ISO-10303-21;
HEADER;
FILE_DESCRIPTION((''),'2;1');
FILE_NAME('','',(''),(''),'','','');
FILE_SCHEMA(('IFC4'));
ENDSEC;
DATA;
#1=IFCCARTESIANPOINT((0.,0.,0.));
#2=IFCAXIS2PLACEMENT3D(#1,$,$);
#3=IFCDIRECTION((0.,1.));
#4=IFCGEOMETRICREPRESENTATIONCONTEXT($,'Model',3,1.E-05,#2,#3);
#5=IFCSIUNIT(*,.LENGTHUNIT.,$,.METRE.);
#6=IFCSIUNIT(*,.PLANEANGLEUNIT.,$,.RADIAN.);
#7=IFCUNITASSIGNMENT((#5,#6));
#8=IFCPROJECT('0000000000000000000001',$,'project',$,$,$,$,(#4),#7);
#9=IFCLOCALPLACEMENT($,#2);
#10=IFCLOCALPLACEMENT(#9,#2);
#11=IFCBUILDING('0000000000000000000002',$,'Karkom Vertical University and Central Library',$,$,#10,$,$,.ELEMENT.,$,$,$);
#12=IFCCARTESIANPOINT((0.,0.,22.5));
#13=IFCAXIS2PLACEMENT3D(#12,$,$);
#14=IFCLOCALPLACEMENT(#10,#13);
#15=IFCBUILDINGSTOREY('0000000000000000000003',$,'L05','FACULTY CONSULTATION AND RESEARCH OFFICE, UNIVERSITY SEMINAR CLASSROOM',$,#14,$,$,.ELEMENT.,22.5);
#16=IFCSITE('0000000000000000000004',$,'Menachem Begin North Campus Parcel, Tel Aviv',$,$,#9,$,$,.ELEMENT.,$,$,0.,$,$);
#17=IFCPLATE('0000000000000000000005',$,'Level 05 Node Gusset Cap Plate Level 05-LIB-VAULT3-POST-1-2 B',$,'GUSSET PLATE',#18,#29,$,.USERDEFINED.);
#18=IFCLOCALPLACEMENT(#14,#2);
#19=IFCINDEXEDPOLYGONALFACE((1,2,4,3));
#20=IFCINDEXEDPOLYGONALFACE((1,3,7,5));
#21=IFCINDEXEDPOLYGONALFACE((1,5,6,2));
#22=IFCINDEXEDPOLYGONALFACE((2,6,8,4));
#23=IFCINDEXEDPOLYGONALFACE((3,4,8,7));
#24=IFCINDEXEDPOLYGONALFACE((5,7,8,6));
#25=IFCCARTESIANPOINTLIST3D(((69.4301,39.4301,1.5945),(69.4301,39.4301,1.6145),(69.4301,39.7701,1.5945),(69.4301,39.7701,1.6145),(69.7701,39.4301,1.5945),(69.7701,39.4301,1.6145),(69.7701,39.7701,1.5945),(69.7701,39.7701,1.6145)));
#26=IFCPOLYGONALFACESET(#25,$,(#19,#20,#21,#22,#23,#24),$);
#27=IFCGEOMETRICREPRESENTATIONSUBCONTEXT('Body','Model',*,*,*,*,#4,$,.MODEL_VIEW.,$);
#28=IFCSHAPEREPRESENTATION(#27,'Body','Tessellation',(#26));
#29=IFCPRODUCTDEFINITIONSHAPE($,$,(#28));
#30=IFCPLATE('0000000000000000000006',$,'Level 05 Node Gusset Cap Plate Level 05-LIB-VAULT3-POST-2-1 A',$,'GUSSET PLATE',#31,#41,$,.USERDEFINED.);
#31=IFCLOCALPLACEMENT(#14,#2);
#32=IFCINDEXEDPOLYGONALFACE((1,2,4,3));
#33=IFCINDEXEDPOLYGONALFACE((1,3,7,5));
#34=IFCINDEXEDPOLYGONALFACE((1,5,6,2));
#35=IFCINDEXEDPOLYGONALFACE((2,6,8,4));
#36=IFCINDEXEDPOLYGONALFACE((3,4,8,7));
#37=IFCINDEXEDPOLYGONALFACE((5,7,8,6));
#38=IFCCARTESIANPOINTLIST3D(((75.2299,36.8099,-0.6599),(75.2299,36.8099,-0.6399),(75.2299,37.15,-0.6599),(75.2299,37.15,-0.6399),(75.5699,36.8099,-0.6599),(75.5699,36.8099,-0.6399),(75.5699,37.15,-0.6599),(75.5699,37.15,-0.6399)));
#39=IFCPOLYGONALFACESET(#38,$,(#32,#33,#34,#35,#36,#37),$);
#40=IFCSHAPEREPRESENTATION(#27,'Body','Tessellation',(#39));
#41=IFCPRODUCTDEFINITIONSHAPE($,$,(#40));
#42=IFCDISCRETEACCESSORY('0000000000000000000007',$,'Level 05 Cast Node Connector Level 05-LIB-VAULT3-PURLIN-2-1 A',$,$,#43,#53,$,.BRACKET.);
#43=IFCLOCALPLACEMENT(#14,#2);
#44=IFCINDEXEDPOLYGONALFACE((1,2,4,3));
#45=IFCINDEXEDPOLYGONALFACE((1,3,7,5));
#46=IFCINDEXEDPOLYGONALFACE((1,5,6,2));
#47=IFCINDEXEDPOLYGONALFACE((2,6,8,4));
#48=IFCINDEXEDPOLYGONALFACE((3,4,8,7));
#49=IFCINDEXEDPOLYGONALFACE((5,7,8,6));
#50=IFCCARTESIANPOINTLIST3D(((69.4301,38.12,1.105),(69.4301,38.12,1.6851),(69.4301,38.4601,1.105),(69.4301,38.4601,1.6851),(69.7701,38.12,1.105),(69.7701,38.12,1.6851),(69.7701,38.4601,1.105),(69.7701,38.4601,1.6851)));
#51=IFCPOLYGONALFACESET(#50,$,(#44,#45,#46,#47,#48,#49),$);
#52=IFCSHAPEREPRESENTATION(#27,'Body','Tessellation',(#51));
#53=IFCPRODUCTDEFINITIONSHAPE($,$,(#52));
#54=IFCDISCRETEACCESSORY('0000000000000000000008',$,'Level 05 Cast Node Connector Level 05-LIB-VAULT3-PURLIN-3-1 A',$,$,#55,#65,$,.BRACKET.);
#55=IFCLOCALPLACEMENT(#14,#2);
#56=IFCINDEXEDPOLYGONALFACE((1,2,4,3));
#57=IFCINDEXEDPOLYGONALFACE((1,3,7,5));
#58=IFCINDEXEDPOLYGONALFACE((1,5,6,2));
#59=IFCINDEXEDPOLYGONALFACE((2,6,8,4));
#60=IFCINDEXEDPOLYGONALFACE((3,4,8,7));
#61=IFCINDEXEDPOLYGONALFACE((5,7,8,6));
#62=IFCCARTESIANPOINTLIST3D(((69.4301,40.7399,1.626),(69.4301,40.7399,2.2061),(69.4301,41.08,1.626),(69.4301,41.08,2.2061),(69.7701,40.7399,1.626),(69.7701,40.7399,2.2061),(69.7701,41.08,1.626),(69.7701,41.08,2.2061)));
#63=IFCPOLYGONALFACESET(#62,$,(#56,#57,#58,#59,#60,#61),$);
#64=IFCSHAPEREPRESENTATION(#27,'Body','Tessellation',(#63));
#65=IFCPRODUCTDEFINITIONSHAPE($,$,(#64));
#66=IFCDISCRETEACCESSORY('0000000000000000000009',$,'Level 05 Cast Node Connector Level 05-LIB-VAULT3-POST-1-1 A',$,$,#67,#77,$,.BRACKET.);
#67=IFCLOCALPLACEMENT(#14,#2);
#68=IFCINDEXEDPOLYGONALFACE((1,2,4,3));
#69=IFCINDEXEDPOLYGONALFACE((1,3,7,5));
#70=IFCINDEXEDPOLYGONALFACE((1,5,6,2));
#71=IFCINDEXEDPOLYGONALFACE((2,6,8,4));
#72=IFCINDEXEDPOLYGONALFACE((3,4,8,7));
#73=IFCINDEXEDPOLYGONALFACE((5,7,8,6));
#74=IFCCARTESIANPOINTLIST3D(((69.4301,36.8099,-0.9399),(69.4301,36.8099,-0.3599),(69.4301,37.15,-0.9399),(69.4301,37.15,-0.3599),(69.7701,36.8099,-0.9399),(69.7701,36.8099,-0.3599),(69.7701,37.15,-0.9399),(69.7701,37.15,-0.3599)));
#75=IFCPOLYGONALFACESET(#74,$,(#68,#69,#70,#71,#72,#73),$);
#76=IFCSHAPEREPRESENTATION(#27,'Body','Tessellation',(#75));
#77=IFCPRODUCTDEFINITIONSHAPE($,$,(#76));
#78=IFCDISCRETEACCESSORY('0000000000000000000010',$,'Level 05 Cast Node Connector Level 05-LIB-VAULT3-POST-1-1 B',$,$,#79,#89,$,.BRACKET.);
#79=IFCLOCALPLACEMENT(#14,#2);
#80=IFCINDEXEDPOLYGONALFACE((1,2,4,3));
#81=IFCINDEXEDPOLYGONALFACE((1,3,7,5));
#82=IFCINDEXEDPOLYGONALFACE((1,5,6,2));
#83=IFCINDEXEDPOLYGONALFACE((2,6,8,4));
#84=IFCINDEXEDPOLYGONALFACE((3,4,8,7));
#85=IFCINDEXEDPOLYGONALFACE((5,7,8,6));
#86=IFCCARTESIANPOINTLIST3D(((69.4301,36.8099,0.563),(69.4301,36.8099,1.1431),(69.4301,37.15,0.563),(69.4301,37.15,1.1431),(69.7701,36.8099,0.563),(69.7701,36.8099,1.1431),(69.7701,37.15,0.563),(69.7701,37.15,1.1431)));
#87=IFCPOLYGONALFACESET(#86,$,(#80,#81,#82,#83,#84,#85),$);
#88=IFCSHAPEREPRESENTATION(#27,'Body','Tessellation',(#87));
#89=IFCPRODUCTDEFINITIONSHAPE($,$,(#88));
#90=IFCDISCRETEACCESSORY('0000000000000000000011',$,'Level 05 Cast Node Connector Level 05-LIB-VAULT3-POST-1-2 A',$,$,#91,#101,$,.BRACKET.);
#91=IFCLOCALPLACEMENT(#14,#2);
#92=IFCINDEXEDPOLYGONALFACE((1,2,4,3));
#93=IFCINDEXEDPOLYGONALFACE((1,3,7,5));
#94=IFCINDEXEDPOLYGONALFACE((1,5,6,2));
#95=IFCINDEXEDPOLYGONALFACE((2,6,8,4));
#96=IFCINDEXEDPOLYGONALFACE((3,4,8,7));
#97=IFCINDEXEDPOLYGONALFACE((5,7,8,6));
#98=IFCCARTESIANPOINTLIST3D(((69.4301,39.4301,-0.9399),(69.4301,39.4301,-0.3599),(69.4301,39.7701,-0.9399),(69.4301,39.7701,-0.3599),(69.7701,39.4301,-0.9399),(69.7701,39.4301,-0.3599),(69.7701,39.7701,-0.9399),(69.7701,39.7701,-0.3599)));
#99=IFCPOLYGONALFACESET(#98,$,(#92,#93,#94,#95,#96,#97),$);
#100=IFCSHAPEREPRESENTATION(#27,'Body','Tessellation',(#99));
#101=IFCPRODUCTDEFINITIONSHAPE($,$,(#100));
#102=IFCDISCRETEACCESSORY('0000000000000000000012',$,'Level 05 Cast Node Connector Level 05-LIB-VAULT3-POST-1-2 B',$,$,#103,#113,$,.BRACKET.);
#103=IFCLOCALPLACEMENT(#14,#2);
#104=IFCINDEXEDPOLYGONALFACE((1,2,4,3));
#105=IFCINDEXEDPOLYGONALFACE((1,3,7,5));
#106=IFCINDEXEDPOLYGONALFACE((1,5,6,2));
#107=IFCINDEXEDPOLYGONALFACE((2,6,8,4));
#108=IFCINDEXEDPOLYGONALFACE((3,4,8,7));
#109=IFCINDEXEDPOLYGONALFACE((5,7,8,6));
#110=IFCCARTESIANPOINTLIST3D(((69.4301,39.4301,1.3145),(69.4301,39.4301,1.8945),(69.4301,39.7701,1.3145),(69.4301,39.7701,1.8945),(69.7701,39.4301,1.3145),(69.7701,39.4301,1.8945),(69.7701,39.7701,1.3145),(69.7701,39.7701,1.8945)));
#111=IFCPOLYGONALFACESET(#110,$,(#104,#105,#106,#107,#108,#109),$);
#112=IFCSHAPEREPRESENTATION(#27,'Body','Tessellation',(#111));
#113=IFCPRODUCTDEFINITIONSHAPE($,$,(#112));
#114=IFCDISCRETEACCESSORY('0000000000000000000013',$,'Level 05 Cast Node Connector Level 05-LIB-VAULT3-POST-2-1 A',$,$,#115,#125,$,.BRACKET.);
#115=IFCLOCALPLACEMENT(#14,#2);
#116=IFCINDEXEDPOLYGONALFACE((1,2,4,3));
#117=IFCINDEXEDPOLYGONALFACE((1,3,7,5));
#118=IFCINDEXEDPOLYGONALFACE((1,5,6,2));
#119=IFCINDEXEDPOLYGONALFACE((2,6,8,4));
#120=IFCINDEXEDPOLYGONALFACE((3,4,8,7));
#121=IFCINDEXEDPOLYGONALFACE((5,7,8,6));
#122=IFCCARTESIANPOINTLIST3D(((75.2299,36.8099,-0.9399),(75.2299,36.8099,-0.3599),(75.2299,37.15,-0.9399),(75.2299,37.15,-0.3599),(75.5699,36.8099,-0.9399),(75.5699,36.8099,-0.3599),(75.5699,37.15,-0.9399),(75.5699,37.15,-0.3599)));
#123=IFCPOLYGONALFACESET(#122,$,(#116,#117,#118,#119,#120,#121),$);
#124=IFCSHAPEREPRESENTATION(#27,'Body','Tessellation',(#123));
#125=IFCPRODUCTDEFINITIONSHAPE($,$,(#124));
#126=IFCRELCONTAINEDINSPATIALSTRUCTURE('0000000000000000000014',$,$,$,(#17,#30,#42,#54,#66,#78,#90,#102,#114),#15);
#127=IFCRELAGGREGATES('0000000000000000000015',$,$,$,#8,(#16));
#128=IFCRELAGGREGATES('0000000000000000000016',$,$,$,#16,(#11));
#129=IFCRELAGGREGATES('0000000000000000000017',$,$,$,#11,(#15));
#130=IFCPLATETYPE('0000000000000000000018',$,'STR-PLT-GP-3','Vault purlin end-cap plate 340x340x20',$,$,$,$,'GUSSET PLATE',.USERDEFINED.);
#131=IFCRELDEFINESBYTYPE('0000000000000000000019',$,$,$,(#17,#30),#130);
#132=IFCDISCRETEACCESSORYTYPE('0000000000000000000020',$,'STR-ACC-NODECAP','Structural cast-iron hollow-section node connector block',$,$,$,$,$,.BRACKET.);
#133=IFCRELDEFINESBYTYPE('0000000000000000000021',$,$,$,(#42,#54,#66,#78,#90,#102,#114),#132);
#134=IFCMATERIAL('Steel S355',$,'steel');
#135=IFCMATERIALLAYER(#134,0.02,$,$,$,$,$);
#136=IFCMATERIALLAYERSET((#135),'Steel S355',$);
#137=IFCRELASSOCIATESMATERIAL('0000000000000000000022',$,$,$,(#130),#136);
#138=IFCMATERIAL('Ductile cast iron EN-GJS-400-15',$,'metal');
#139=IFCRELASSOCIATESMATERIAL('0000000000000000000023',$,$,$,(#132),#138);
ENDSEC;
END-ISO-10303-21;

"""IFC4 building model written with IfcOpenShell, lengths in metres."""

from ifc_helpers import new_model, si_unit, direction, frame, origin, origin_with_axes, origin_2d, place, context, subcontext, project, spatial, rectangle, extrude, source, transform, mapped, material, layer, layer_set, type_object, element, save


model = new_model("IFC4")

# Units and contexts
model_context = context("Model", 3, precision=1e-05, world=origin(), true_north=direction((0.0, 1.0)))
body_context = subcontext(model_context, "Body", "Model", "MODEL_VIEW")
ifc_project = project(units=[si_unit("LENGTHUNIT", "METRE"), si_unit("PLANEANGLEUNIT", "RADIAN")], contexts=[model_context])

# Site, building, storey
site_placement = place(None, origin())
site = spatial("IfcSite", under=ifc_project, at=site_placement, Name="Menachem Begin North Campus Parcel, Tel Aviv", CompositionType="ELEMENT", RefElevation=0.0)
building_placement = place(site_placement, origin())
building = spatial("IfcBuilding", under=site, at=building_placement, Name="Karkom Vertical University and Central Library", CompositionType="ELEMENT")
storey_placement = place(building_placement, frame((0.0, 0.0, 22.5)))
storey = spatial("IfcBuildingStorey", under=building, at=storey_placement, Name="L05", Description="FACULTY CONSULTATION AND RESEARCH OFFICE, UNIVERSITY SEMINAR CLASSROOM", CompositionType="ELEMENT", Elevation=22.5)

# Shared definitions
ifc_material_1 = material(Name="Steel S355", Category="steel")

# Plates
ifc_layer = layer(ifc_material_1, 0.02)
ifc_layer_set = layer_set([ifc_layer], Name="Steel S355")
plate_type = type_object("IfcPlateType", Name="STR-PLT-GP-3", Description="Vault purlin end-cap plate 340x340x20", ElementType="GUSSET PLATE", PredefinedType="USERDEFINED", material=ifc_layer_set)
shared_shape_1 = source(origin_with_axes(), body_context, "Body", "SweptSolid", [
    extrude(rectangle(XDim=0.3401, YDim=0.3401, at=origin_2d()), origin(), (0.0, 0.0, 1.0), 0.02),
])
for number, where, z_axis, x_axis, name in (
    (1, (69.6001, 39.6001, 1.5945), (0.0, 0.0, 1.0), (1.0, 0.0, 0.0), "Level 05 Node Gusset Cap Plate Level 05-LIB-VAULT3-POST-1-2 B"),
    (2, (75.3999, 36.98, -0.6599), (0.0, 0.0, 1.0), (1.0, 0.0, 0.0), "Level 05 Node Gusset Cap Plate Level 05-LIB-VAULT3-POST-2-1 A"),
):
    element("IfcPlate", number, at=place(storey_placement, frame(where, z_axis=z_axis, x_axis=x_axis)), inside=storey, type_object=plate_type, Name=name, ObjectType="GUSSET PLATE", PredefinedType="USERDEFINED", context=body_context, shape_type="MappedRepresentation", body=[
        mapped(shared_shape_1, transform((0.0, 0.0, 0.0), scale=1.0)),
    ])

# Discrete accessories
ifc_material_2 = material(Name="Ductile cast iron EN-GJS-400-15", Category="metal")
discrete_accessory_type = type_object("IfcDiscreteAccessoryType", Name="STR-ACC-NODECAP", Description="Structural cast-iron hollow-section node connector block", PredefinedType="BRACKET", material=ifc_material_2)
shared_shape_2 = source(origin_with_axes(), body_context, "Body", "SweptSolid", [
    extrude(rectangle(XDim=0.3401, YDim=0.3401, at=origin_2d()), origin(), (0.0, 0.0, 1.0), 0.5801),
])
for number, where, z_axis, x_axis, name in (
    (3, (69.6001, 38.29, 1.105), (0.0, 0.0, 1.0), (1.0, 0.0, 0.0), "Level 05 Cast Node Connector Level 05-LIB-VAULT3-PURLIN-2-1 A"),
    (4, (69.6001, 40.9099, 1.626), (0.0, 0.0, 1.0), (1.0, 0.0, 0.0), "Level 05 Cast Node Connector Level 05-LIB-VAULT3-PURLIN-3-1 A"),
    (5, (69.6001, 36.98, -0.9399), (0.0, 0.0, 1.0), (1.0, 0.0, 0.0), "Level 05 Cast Node Connector Level 05-LIB-VAULT3-POST-1-1 A"),
    (6, (69.6001, 36.98, 0.563), (0.0, 0.0, 1.0), (1.0, 0.0, 0.0), "Level 05 Cast Node Connector Level 05-LIB-VAULT3-POST-1-1 B"),
    (7, (69.6001, 39.6001, -0.9399), (0.0, 0.0, 1.0), (1.0, 0.0, 0.0), "Level 05 Cast Node Connector Level 05-LIB-VAULT3-POST-1-2 A"),
    (8, (69.6001, 39.6001, 1.3145), (0.0, 0.0, 1.0), (1.0, 0.0, 0.0), "Level 05 Cast Node Connector Level 05-LIB-VAULT3-POST-1-2 B"),
    (9, (75.3999, 36.98, -0.9399), (0.0, 0.0, 1.0), (1.0, 0.0, 0.0), "Level 05 Cast Node Connector Level 05-LIB-VAULT3-POST-2-1 A"),
):
    element("IfcDiscreteAccessory", number, at=place(storey_placement, frame(where, z_axis=z_axis, x_axis=x_axis)), inside=storey, type_object=discrete_accessory_type, Name=name, PredefinedType="BRACKET", context=body_context, shape_type="MappedRepresentation", body=[
        mapped(shared_shape_2, transform((0.0, 0.0, 0.0), scale=1.0)),
    ])

save(model, "model.ifc")
